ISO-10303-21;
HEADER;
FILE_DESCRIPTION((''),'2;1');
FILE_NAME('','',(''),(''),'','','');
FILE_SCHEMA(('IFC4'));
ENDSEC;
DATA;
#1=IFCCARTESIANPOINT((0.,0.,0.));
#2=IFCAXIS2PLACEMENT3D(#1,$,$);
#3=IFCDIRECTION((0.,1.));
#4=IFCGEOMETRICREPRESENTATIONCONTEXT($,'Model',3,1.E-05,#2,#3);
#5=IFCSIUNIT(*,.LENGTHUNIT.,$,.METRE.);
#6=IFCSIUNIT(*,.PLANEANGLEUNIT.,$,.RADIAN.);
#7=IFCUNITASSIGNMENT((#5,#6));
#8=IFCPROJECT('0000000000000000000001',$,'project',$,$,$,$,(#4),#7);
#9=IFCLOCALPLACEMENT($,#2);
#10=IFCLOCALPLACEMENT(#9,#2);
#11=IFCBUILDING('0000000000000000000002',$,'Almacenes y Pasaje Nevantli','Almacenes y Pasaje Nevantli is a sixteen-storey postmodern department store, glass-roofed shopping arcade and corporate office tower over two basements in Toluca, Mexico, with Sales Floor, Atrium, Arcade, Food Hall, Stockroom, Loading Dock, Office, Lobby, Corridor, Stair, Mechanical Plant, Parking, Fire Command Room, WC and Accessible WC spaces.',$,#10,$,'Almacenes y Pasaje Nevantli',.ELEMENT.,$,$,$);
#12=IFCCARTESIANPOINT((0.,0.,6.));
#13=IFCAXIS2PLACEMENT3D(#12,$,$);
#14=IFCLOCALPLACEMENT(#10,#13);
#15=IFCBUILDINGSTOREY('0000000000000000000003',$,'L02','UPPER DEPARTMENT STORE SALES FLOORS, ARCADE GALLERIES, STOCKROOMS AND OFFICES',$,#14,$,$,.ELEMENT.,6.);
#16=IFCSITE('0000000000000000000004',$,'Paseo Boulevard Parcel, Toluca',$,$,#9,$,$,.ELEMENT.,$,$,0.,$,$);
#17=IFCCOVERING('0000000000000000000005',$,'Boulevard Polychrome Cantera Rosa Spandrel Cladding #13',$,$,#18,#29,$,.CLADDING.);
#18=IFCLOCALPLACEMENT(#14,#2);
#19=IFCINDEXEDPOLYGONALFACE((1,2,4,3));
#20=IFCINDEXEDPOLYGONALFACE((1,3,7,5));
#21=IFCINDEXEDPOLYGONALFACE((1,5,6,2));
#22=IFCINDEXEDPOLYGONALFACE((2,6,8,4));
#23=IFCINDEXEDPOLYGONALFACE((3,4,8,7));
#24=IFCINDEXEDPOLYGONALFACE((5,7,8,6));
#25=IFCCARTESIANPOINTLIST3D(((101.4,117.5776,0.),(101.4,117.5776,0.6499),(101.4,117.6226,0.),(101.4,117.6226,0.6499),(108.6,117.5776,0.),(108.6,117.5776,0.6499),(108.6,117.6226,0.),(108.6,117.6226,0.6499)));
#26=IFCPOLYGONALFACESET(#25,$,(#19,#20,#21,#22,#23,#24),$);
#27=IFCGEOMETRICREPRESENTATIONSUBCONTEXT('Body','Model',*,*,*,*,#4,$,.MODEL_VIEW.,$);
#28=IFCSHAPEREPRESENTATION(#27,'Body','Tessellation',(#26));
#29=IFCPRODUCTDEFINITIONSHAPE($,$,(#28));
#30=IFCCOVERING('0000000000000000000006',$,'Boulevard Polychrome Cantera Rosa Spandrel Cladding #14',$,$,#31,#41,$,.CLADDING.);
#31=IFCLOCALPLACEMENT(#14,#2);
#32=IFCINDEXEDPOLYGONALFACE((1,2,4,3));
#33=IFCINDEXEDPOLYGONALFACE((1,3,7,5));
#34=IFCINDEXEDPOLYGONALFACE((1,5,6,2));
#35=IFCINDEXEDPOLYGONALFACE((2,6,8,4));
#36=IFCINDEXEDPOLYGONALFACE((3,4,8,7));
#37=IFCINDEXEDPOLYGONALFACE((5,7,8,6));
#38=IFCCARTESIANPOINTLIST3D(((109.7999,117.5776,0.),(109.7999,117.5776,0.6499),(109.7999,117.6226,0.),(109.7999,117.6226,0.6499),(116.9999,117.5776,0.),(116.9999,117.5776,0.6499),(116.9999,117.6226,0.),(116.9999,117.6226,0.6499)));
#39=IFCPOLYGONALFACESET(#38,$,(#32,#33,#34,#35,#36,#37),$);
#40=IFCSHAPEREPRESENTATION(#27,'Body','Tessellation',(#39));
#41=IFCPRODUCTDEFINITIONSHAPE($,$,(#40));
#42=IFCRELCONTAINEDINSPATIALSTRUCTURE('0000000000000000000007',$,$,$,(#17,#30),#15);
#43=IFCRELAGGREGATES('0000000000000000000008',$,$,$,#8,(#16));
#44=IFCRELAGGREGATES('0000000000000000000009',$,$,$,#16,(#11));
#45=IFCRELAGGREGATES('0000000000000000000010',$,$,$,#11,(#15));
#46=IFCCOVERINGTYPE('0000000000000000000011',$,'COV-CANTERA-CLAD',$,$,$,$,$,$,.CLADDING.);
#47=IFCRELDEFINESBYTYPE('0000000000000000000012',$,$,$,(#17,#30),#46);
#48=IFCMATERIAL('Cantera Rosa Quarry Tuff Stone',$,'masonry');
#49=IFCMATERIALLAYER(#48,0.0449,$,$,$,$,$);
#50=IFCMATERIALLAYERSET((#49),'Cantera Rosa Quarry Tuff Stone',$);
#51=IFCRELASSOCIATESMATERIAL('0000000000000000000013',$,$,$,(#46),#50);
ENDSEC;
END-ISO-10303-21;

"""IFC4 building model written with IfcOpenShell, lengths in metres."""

from ifc_helpers import new_model, si_unit, direction, frame, origin, origin_2d, place, context, subcontext, project, spatial, rectangle, extrude, material, layer, layer_set, type_object, element, save


model = new_model("IFC4")

# Units and contexts
model_context = context("Model", 3, precision=1e-05, world=origin(), true_north=direction((0.0, 1.0)))
body_context = subcontext(model_context, "Body", "Model", "MODEL_VIEW")
ifc_project = project(units=[si_unit("LENGTHUNIT", "METRE"), si_unit("PLANEANGLEUNIT", "RADIAN")], contexts=[model_context])

# Site, building, storey
site_placement = place(None, origin())
site = spatial("IfcSite", under=ifc_project, at=site_placement, Name="Paseo Boulevard Parcel, Toluca", CompositionType="ELEMENT", RefElevation=0.0)
building_placement = place(site_placement, origin())
building = spatial("IfcBuilding", under=site, at=building_placement, Name="Almacenes y Pasaje Nevantli", Description="Almacenes y Pasaje Nevantli is a sixteen-storey postmodern department store, glass-roofed shopping arcade and corporate office tower over two basements in Toluca, Mexico, with Sales Floor, Atrium, Arcade, Food Hall, Stockroom, Loading Dock, Office, Lobby, Corridor, Stair, Mechanical Plant, Parking, Fire Command Room, WC and Accessible WC spaces.", LongName="Almacenes y Pasaje Nevantli", CompositionType="ELEMENT")
storey_placement = place(building_placement, frame((0.0, 0.0, 6.0)))
storey = spatial("IfcBuildingStorey", under=building, at=storey_placement, Name="L02", Description="UPPER DEPARTMENT STORE SALES FLOORS, ARCADE GALLERIES, STOCKROOMS AND OFFICES", CompositionType="ELEMENT", Elevation=6.0)

# Coverings
ifc_material_1 = material(Name="Cantera Rosa Quarry Tuff Stone", Category="masonry")
ifc_layer_1 = layer(ifc_material_1, 0.0449)
ifc_layer_set_1 = layer_set([ifc_layer_1], Name="Cantera Rosa Quarry Tuff Stone")
covering_type = type_object("IfcCoveringType", Name="COV-CANTERA-CLAD", PredefinedType="CLADDING", material=ifc_layer_set_1)
for number, where, z_axis, x_axis, name in (
    (1, (105.0, 117.6001, 0.0), (0.0, 0.0, 1.0), (1.0, 0.0, 0.0), "Boulevard Polychrome Cantera Rosa Spandrel Cladding #13"),
    (2, (113.3999, 117.6001, 0.0), (0.0, 0.0, 1.0), (1.0, 0.0, 0.0), "Boulevard Polychrome Cantera Rosa Spandrel Cladding #14"),
):
    element("IfcCovering", number, at=place(storey_placement, frame(where, z_axis=z_axis, x_axis=x_axis)), inside=storey, type_object=covering_type, Name=name, PredefinedType="CLADDING", context=body_context, shape_type="SweptSolid", body=[
        extrude(rectangle(XDim=7.2, YDim=0.0449, at=origin_2d()), origin(), (0.0, 0.0, 1.0), 0.6499),
    ])

save(model, "model.ifc")
